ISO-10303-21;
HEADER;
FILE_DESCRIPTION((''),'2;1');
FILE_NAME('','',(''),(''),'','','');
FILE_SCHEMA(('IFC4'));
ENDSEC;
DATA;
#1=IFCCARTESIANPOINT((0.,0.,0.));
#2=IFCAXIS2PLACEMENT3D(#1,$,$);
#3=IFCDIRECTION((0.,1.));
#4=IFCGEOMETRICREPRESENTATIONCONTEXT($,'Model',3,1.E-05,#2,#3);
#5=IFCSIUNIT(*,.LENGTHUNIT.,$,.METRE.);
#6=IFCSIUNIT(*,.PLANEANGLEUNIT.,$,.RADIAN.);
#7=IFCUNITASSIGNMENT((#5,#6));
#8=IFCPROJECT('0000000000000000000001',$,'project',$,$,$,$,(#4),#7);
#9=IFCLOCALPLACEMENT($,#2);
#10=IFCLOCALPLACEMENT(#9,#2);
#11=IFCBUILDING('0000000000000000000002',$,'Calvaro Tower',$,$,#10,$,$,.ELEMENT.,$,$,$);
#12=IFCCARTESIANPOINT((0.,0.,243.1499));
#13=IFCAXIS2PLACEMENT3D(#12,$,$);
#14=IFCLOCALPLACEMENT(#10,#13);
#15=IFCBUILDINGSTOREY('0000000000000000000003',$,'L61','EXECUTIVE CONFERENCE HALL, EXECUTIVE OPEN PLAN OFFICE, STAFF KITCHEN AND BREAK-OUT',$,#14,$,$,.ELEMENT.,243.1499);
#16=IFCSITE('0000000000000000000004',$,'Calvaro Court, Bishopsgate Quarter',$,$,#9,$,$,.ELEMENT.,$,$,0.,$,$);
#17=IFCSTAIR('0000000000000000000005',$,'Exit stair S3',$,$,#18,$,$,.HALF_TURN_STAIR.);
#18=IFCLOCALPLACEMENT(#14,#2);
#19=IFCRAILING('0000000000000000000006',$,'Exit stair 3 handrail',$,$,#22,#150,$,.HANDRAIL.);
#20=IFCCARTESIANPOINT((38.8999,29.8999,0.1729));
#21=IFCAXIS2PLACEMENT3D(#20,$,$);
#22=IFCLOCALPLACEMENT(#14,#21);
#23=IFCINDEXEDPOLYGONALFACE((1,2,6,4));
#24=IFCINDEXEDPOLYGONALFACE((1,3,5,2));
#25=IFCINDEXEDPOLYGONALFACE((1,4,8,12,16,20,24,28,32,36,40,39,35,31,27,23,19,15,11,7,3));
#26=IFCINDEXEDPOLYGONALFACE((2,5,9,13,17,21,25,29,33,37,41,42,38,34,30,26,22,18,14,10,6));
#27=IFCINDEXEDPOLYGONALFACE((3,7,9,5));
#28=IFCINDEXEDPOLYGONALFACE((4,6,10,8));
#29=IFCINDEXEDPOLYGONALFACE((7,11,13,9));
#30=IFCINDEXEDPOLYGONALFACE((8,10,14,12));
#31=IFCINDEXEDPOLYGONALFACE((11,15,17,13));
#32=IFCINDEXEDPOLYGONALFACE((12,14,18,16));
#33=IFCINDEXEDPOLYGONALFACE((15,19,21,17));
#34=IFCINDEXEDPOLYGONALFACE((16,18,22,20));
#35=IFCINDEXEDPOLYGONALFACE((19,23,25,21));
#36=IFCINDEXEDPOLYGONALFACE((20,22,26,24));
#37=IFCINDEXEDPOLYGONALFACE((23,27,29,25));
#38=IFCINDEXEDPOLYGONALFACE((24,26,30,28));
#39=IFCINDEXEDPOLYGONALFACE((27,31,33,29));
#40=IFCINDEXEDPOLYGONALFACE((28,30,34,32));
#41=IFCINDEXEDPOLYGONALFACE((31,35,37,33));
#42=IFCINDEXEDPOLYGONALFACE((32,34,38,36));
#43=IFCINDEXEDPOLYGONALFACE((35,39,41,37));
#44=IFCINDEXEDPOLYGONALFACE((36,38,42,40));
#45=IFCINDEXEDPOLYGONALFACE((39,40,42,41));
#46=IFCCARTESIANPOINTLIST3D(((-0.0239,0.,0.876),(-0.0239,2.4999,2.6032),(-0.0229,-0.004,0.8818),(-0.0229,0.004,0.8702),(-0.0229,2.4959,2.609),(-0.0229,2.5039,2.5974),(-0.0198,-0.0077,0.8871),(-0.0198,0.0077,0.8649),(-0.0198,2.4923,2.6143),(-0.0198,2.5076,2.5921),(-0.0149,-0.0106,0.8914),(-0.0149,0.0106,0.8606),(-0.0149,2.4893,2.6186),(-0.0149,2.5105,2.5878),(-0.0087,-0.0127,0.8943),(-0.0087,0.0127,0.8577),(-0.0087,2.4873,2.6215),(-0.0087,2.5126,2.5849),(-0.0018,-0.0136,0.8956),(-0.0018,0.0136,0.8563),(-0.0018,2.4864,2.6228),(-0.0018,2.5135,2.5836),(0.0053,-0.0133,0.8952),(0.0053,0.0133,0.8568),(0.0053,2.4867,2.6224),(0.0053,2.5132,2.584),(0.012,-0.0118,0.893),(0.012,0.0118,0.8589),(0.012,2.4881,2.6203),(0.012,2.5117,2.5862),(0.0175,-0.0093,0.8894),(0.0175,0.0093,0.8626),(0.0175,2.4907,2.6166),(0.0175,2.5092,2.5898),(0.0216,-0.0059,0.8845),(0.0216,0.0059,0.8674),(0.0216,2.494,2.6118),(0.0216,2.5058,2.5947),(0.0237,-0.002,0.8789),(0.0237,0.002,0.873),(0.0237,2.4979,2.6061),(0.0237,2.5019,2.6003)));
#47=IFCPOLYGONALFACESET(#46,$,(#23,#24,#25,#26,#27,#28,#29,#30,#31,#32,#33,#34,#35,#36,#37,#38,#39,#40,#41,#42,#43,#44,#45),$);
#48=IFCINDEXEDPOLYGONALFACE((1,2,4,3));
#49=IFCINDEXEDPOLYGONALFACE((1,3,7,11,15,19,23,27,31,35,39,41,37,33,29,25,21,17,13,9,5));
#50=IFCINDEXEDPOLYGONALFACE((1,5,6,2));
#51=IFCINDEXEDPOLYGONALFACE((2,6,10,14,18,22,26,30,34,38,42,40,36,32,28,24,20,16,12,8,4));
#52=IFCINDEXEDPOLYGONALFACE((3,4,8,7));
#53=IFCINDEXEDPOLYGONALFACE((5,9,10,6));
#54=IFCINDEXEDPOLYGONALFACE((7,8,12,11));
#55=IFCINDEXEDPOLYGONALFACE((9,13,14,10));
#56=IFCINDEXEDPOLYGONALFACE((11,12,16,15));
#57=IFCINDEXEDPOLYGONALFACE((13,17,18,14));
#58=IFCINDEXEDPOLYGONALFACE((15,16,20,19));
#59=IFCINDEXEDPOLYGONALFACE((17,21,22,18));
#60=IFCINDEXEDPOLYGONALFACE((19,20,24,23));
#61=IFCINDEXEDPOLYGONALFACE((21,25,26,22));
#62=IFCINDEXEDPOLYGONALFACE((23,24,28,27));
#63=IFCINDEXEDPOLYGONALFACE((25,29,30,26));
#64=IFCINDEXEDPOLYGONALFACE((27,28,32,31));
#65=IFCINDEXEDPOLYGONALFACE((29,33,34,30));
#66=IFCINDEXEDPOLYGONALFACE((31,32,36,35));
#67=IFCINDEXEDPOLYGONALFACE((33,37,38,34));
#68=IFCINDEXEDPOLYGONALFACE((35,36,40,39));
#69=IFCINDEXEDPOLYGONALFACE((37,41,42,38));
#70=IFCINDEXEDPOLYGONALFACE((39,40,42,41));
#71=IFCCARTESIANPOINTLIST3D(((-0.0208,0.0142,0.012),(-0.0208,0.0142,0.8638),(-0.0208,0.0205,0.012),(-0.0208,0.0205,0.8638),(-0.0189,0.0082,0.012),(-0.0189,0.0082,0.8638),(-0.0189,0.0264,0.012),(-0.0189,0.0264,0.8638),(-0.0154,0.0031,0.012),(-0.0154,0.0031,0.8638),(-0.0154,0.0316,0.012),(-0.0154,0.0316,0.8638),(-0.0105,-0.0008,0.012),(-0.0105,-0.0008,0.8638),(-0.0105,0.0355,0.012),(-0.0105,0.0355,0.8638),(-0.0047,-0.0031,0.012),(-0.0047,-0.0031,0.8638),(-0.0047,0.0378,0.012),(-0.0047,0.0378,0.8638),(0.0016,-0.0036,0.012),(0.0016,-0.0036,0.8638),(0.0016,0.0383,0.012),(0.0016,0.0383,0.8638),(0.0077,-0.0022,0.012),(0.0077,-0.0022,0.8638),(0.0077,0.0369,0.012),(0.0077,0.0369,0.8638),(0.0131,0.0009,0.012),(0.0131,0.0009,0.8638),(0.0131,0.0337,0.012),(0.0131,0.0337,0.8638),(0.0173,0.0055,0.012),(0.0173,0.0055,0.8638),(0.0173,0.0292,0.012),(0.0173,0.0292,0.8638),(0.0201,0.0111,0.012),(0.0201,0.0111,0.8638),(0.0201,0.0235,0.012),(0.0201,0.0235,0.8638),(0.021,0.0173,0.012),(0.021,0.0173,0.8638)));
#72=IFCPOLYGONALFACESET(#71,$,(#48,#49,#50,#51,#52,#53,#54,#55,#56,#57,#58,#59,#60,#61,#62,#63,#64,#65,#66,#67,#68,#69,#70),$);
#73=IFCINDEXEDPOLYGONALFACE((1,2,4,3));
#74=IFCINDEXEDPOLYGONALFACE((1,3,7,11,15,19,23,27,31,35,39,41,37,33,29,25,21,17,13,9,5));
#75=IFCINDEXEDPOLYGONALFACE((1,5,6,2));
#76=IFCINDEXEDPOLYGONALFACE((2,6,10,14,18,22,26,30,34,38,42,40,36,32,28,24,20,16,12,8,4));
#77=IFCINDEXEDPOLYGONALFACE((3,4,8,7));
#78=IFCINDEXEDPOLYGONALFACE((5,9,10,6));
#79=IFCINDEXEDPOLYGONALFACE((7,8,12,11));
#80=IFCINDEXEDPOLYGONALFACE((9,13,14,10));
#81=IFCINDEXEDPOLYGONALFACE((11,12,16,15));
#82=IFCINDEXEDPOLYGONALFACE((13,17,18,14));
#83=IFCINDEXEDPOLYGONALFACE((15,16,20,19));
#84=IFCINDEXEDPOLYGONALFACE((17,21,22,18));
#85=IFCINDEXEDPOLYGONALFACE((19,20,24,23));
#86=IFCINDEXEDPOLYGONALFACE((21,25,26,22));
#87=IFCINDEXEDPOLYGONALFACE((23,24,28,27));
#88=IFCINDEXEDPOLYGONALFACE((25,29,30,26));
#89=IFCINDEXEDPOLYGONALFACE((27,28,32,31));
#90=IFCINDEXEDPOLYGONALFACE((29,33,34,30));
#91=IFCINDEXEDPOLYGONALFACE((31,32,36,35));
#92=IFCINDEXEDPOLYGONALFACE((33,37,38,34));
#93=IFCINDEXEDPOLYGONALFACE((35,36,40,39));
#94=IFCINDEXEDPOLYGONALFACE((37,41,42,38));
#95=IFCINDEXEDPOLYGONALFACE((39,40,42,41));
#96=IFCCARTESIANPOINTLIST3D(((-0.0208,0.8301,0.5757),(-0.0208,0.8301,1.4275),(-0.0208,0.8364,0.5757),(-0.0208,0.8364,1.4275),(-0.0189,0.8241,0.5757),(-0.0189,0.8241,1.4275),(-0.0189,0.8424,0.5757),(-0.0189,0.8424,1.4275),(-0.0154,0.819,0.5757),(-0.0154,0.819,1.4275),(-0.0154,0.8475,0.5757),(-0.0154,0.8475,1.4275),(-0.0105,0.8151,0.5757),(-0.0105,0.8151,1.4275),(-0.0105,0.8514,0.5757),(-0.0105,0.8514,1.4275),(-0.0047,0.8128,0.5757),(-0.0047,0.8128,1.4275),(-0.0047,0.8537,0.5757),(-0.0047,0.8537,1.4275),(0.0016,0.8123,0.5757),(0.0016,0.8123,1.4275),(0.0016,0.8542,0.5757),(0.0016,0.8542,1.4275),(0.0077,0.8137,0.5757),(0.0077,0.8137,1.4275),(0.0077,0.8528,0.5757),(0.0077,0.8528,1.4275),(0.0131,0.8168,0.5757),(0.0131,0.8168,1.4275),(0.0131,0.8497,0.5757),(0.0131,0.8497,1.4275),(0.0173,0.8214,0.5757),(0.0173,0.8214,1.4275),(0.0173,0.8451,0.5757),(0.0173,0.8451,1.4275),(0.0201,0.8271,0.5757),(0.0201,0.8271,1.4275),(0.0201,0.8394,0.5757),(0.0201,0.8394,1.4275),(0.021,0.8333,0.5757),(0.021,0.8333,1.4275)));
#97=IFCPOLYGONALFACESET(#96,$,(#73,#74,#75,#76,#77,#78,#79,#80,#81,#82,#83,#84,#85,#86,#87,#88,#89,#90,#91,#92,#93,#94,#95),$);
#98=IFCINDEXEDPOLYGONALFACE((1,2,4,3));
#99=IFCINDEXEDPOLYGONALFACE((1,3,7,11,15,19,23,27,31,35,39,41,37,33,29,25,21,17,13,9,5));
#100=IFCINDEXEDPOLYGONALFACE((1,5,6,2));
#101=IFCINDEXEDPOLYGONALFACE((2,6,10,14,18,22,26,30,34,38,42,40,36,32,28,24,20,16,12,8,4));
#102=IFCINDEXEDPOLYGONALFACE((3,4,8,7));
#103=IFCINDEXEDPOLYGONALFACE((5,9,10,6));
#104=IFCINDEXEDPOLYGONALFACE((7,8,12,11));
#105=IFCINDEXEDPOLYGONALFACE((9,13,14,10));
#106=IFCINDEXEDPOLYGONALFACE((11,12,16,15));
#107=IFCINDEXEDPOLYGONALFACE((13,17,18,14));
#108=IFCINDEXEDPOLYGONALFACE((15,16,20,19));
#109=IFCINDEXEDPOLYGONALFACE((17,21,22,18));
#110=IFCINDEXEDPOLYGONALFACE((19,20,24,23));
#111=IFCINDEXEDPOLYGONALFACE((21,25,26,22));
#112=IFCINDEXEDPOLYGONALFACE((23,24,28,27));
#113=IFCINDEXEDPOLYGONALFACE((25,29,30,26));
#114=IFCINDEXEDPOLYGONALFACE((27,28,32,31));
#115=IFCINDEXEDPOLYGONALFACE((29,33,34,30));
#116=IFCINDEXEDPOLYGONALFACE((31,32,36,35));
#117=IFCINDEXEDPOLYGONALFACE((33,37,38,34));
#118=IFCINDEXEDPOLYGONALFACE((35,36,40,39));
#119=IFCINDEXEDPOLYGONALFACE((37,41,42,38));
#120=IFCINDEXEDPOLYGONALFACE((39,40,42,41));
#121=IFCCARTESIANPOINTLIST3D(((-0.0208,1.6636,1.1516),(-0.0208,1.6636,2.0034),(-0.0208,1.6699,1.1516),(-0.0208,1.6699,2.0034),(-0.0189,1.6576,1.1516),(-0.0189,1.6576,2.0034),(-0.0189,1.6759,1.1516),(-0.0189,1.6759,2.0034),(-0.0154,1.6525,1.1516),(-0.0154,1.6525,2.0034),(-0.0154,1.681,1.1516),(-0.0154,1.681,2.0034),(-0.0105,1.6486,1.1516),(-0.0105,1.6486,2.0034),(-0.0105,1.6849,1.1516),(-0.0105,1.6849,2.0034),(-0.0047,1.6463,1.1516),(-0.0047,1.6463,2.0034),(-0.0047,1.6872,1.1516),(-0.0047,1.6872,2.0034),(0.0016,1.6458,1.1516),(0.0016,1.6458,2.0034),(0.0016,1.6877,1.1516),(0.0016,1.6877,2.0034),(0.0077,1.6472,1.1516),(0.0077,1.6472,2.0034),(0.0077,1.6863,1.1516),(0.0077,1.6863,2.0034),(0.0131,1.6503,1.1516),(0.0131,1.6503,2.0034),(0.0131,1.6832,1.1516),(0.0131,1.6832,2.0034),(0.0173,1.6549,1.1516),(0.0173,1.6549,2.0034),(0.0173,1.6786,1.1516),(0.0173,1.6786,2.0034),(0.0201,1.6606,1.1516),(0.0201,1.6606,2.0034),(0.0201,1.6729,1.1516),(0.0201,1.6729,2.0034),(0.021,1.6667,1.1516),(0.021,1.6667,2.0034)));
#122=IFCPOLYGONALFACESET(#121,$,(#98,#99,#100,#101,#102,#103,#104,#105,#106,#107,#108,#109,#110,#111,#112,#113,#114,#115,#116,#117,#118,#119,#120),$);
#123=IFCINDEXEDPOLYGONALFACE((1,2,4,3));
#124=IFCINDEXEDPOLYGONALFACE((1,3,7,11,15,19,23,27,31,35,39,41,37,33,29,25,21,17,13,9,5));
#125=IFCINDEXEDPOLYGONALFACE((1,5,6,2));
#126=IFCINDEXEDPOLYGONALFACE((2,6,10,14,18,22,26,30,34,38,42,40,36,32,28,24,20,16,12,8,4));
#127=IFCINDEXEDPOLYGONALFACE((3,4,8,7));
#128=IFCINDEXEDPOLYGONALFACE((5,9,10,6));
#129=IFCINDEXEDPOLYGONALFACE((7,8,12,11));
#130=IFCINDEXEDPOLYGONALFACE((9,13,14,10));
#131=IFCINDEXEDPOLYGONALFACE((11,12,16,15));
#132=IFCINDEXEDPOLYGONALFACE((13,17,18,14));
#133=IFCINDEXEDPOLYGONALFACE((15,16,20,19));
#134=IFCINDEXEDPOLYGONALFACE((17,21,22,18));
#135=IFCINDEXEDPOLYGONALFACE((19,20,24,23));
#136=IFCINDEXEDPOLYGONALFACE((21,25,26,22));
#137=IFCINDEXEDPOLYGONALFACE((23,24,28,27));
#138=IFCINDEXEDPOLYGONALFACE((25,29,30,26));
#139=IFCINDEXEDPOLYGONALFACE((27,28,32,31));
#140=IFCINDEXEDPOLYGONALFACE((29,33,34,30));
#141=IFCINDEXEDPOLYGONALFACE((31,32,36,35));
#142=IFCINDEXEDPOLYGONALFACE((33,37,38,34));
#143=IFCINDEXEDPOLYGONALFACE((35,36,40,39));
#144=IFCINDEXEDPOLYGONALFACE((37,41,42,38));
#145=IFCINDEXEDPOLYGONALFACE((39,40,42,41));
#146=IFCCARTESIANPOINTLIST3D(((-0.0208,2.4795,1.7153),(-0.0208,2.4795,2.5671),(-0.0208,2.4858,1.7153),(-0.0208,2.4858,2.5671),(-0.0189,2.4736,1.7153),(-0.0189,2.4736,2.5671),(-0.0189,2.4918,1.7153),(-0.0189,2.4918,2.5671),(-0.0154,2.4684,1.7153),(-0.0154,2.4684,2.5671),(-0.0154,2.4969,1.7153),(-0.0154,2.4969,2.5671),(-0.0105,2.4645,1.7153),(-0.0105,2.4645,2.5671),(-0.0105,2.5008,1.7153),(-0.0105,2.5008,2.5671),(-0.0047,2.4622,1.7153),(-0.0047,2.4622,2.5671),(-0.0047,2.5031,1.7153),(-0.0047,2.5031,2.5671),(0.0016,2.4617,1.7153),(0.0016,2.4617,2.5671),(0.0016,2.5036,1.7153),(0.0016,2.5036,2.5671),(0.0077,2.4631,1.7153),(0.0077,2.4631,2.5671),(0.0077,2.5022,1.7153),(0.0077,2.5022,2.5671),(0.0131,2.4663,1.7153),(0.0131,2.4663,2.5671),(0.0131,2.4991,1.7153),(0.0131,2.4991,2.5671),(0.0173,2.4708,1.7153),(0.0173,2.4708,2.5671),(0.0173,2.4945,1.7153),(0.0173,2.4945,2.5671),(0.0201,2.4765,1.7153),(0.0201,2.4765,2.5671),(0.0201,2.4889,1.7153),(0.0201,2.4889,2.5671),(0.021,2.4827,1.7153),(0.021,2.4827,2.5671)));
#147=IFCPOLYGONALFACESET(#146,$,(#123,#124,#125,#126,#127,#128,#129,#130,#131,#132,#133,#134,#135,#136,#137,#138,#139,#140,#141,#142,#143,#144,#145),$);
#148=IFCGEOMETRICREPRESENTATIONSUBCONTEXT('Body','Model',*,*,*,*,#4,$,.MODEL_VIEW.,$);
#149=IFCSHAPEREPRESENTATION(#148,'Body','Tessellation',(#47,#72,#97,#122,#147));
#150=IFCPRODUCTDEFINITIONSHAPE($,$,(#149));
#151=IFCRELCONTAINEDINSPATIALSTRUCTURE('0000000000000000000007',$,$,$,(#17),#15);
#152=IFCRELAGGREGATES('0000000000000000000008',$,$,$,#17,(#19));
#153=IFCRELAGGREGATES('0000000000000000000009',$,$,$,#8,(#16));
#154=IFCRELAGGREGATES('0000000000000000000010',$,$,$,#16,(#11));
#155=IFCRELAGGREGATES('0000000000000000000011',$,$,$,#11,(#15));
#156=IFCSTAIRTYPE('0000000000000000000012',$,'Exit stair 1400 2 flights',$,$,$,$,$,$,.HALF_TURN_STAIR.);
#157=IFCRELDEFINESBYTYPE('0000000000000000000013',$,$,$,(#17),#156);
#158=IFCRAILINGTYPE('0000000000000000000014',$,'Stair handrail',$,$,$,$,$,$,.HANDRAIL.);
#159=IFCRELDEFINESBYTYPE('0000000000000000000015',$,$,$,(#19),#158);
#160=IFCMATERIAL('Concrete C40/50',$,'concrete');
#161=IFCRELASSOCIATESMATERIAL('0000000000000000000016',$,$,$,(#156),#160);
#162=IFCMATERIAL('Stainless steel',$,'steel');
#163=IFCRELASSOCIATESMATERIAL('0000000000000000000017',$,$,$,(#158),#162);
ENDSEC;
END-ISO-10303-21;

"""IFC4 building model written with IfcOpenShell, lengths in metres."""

from ifc_helpers import new_model, si_unit, direction, frame, origin, origin_2d, place, context, subcontext, project, spatial, circle, extrude, material, type_object, element, aggregate, save


model = new_model("IFC4")

# Units and contexts
model_context = context("Model", 3, precision=1e-05, world=origin(), true_north=direction((0.0, 1.0)))
body_context = subcontext(model_context, "Body", "Model", "MODEL_VIEW")
ifc_project = project(units=[si_unit("LENGTHUNIT", "METRE"), si_unit("PLANEANGLEUNIT", "RADIAN")], contexts=[model_context])

# Site, building, storey
site_placement = place(None, origin())
site = spatial("IfcSite", under=ifc_project, at=site_placement, Name="Calvaro Court, Bishopsgate Quarter", CompositionType="ELEMENT", RefElevation=0.0)
building_placement = place(site_placement, origin())
building = spatial("IfcBuilding", under=site, at=building_placement, Name="Calvaro Tower", CompositionType="ELEMENT")
storey_placement = place(building_placement, frame((0.0, 0.0, 243.1499)))
storey = spatial("IfcBuildingStorey", under=building, at=storey_placement, Name="L61", Description="EXECUTIVE CONFERENCE HALL, EXECUTIVE OPEN PLAN OFFICE, STAFF KITCHEN AND BREAK-OUT", CompositionType="ELEMENT", Elevation=243.1499)

# Stair
ifc_material_1 = material(Name="Concrete C40/50", Category="concrete")
stair_type = type_object("IfcStairType", Name="Exit stair 1400 2 flights", PredefinedType="HALF_TURN_STAIR", material=ifc_material_1)
stair_1_placement = place(storey_placement, origin())
stair_1 = element("IfcStair", 1, at=stair_1_placement, inside=storey, type_object=stair_type, Name="Exit stair S3", PredefinedType="HALF_TURN_STAIR")

# Railing
ifc_material_2 = material(Name="Stainless steel", Category="steel")
railing_type = type_object("IfcRailingType", Name="Stair handrail", PredefinedType="HANDRAIL", material=ifc_material_2)
railing_1_placement = place(storey_placement, frame((38.8999, 29.8999, 0.1729)))
railing_1 = element("IfcRailing", 2, at=railing_1_placement, type_object=railing_type, Name="Exit stair 3 handrail", PredefinedType="HANDRAIL", context=body_context, shape_type="SweptSolid", body=[
    extrude(circle(Radius=0.0239, at=origin_2d()), frame((0.0, 0.0, 0.876), z_axis=(0.0, 0.822727, 0.568437), x_axis=(-1.0, 0.0, 0.0)), (0.0, 0.0, 1.0), 3.0386),
    extrude(circle(Radius=0.021, at=origin_2d()), frame((0.0, 0.0173, 0.012)), (0.0, 0.0, 1.0), 0.8518),
    extrude(circle(Radius=0.021, at=origin_2d()), frame((0.0, 0.8333, 0.5757)), (0.0, 0.0, 1.0), 0.8518),
    extrude(circle(Radius=0.021, at=origin_2d()), frame((0.0, 1.6667, 1.1516)), (0.0, 0.0, 1.0), 0.8518),
    extrude(circle(Radius=0.021, at=origin_2d()), frame((0.0, 2.4827, 1.7153)), (0.0, 0.0, 1.0), 0.8518),
])
aggregate(stair_1, [railing_1])

save(model, "model.ifc")
